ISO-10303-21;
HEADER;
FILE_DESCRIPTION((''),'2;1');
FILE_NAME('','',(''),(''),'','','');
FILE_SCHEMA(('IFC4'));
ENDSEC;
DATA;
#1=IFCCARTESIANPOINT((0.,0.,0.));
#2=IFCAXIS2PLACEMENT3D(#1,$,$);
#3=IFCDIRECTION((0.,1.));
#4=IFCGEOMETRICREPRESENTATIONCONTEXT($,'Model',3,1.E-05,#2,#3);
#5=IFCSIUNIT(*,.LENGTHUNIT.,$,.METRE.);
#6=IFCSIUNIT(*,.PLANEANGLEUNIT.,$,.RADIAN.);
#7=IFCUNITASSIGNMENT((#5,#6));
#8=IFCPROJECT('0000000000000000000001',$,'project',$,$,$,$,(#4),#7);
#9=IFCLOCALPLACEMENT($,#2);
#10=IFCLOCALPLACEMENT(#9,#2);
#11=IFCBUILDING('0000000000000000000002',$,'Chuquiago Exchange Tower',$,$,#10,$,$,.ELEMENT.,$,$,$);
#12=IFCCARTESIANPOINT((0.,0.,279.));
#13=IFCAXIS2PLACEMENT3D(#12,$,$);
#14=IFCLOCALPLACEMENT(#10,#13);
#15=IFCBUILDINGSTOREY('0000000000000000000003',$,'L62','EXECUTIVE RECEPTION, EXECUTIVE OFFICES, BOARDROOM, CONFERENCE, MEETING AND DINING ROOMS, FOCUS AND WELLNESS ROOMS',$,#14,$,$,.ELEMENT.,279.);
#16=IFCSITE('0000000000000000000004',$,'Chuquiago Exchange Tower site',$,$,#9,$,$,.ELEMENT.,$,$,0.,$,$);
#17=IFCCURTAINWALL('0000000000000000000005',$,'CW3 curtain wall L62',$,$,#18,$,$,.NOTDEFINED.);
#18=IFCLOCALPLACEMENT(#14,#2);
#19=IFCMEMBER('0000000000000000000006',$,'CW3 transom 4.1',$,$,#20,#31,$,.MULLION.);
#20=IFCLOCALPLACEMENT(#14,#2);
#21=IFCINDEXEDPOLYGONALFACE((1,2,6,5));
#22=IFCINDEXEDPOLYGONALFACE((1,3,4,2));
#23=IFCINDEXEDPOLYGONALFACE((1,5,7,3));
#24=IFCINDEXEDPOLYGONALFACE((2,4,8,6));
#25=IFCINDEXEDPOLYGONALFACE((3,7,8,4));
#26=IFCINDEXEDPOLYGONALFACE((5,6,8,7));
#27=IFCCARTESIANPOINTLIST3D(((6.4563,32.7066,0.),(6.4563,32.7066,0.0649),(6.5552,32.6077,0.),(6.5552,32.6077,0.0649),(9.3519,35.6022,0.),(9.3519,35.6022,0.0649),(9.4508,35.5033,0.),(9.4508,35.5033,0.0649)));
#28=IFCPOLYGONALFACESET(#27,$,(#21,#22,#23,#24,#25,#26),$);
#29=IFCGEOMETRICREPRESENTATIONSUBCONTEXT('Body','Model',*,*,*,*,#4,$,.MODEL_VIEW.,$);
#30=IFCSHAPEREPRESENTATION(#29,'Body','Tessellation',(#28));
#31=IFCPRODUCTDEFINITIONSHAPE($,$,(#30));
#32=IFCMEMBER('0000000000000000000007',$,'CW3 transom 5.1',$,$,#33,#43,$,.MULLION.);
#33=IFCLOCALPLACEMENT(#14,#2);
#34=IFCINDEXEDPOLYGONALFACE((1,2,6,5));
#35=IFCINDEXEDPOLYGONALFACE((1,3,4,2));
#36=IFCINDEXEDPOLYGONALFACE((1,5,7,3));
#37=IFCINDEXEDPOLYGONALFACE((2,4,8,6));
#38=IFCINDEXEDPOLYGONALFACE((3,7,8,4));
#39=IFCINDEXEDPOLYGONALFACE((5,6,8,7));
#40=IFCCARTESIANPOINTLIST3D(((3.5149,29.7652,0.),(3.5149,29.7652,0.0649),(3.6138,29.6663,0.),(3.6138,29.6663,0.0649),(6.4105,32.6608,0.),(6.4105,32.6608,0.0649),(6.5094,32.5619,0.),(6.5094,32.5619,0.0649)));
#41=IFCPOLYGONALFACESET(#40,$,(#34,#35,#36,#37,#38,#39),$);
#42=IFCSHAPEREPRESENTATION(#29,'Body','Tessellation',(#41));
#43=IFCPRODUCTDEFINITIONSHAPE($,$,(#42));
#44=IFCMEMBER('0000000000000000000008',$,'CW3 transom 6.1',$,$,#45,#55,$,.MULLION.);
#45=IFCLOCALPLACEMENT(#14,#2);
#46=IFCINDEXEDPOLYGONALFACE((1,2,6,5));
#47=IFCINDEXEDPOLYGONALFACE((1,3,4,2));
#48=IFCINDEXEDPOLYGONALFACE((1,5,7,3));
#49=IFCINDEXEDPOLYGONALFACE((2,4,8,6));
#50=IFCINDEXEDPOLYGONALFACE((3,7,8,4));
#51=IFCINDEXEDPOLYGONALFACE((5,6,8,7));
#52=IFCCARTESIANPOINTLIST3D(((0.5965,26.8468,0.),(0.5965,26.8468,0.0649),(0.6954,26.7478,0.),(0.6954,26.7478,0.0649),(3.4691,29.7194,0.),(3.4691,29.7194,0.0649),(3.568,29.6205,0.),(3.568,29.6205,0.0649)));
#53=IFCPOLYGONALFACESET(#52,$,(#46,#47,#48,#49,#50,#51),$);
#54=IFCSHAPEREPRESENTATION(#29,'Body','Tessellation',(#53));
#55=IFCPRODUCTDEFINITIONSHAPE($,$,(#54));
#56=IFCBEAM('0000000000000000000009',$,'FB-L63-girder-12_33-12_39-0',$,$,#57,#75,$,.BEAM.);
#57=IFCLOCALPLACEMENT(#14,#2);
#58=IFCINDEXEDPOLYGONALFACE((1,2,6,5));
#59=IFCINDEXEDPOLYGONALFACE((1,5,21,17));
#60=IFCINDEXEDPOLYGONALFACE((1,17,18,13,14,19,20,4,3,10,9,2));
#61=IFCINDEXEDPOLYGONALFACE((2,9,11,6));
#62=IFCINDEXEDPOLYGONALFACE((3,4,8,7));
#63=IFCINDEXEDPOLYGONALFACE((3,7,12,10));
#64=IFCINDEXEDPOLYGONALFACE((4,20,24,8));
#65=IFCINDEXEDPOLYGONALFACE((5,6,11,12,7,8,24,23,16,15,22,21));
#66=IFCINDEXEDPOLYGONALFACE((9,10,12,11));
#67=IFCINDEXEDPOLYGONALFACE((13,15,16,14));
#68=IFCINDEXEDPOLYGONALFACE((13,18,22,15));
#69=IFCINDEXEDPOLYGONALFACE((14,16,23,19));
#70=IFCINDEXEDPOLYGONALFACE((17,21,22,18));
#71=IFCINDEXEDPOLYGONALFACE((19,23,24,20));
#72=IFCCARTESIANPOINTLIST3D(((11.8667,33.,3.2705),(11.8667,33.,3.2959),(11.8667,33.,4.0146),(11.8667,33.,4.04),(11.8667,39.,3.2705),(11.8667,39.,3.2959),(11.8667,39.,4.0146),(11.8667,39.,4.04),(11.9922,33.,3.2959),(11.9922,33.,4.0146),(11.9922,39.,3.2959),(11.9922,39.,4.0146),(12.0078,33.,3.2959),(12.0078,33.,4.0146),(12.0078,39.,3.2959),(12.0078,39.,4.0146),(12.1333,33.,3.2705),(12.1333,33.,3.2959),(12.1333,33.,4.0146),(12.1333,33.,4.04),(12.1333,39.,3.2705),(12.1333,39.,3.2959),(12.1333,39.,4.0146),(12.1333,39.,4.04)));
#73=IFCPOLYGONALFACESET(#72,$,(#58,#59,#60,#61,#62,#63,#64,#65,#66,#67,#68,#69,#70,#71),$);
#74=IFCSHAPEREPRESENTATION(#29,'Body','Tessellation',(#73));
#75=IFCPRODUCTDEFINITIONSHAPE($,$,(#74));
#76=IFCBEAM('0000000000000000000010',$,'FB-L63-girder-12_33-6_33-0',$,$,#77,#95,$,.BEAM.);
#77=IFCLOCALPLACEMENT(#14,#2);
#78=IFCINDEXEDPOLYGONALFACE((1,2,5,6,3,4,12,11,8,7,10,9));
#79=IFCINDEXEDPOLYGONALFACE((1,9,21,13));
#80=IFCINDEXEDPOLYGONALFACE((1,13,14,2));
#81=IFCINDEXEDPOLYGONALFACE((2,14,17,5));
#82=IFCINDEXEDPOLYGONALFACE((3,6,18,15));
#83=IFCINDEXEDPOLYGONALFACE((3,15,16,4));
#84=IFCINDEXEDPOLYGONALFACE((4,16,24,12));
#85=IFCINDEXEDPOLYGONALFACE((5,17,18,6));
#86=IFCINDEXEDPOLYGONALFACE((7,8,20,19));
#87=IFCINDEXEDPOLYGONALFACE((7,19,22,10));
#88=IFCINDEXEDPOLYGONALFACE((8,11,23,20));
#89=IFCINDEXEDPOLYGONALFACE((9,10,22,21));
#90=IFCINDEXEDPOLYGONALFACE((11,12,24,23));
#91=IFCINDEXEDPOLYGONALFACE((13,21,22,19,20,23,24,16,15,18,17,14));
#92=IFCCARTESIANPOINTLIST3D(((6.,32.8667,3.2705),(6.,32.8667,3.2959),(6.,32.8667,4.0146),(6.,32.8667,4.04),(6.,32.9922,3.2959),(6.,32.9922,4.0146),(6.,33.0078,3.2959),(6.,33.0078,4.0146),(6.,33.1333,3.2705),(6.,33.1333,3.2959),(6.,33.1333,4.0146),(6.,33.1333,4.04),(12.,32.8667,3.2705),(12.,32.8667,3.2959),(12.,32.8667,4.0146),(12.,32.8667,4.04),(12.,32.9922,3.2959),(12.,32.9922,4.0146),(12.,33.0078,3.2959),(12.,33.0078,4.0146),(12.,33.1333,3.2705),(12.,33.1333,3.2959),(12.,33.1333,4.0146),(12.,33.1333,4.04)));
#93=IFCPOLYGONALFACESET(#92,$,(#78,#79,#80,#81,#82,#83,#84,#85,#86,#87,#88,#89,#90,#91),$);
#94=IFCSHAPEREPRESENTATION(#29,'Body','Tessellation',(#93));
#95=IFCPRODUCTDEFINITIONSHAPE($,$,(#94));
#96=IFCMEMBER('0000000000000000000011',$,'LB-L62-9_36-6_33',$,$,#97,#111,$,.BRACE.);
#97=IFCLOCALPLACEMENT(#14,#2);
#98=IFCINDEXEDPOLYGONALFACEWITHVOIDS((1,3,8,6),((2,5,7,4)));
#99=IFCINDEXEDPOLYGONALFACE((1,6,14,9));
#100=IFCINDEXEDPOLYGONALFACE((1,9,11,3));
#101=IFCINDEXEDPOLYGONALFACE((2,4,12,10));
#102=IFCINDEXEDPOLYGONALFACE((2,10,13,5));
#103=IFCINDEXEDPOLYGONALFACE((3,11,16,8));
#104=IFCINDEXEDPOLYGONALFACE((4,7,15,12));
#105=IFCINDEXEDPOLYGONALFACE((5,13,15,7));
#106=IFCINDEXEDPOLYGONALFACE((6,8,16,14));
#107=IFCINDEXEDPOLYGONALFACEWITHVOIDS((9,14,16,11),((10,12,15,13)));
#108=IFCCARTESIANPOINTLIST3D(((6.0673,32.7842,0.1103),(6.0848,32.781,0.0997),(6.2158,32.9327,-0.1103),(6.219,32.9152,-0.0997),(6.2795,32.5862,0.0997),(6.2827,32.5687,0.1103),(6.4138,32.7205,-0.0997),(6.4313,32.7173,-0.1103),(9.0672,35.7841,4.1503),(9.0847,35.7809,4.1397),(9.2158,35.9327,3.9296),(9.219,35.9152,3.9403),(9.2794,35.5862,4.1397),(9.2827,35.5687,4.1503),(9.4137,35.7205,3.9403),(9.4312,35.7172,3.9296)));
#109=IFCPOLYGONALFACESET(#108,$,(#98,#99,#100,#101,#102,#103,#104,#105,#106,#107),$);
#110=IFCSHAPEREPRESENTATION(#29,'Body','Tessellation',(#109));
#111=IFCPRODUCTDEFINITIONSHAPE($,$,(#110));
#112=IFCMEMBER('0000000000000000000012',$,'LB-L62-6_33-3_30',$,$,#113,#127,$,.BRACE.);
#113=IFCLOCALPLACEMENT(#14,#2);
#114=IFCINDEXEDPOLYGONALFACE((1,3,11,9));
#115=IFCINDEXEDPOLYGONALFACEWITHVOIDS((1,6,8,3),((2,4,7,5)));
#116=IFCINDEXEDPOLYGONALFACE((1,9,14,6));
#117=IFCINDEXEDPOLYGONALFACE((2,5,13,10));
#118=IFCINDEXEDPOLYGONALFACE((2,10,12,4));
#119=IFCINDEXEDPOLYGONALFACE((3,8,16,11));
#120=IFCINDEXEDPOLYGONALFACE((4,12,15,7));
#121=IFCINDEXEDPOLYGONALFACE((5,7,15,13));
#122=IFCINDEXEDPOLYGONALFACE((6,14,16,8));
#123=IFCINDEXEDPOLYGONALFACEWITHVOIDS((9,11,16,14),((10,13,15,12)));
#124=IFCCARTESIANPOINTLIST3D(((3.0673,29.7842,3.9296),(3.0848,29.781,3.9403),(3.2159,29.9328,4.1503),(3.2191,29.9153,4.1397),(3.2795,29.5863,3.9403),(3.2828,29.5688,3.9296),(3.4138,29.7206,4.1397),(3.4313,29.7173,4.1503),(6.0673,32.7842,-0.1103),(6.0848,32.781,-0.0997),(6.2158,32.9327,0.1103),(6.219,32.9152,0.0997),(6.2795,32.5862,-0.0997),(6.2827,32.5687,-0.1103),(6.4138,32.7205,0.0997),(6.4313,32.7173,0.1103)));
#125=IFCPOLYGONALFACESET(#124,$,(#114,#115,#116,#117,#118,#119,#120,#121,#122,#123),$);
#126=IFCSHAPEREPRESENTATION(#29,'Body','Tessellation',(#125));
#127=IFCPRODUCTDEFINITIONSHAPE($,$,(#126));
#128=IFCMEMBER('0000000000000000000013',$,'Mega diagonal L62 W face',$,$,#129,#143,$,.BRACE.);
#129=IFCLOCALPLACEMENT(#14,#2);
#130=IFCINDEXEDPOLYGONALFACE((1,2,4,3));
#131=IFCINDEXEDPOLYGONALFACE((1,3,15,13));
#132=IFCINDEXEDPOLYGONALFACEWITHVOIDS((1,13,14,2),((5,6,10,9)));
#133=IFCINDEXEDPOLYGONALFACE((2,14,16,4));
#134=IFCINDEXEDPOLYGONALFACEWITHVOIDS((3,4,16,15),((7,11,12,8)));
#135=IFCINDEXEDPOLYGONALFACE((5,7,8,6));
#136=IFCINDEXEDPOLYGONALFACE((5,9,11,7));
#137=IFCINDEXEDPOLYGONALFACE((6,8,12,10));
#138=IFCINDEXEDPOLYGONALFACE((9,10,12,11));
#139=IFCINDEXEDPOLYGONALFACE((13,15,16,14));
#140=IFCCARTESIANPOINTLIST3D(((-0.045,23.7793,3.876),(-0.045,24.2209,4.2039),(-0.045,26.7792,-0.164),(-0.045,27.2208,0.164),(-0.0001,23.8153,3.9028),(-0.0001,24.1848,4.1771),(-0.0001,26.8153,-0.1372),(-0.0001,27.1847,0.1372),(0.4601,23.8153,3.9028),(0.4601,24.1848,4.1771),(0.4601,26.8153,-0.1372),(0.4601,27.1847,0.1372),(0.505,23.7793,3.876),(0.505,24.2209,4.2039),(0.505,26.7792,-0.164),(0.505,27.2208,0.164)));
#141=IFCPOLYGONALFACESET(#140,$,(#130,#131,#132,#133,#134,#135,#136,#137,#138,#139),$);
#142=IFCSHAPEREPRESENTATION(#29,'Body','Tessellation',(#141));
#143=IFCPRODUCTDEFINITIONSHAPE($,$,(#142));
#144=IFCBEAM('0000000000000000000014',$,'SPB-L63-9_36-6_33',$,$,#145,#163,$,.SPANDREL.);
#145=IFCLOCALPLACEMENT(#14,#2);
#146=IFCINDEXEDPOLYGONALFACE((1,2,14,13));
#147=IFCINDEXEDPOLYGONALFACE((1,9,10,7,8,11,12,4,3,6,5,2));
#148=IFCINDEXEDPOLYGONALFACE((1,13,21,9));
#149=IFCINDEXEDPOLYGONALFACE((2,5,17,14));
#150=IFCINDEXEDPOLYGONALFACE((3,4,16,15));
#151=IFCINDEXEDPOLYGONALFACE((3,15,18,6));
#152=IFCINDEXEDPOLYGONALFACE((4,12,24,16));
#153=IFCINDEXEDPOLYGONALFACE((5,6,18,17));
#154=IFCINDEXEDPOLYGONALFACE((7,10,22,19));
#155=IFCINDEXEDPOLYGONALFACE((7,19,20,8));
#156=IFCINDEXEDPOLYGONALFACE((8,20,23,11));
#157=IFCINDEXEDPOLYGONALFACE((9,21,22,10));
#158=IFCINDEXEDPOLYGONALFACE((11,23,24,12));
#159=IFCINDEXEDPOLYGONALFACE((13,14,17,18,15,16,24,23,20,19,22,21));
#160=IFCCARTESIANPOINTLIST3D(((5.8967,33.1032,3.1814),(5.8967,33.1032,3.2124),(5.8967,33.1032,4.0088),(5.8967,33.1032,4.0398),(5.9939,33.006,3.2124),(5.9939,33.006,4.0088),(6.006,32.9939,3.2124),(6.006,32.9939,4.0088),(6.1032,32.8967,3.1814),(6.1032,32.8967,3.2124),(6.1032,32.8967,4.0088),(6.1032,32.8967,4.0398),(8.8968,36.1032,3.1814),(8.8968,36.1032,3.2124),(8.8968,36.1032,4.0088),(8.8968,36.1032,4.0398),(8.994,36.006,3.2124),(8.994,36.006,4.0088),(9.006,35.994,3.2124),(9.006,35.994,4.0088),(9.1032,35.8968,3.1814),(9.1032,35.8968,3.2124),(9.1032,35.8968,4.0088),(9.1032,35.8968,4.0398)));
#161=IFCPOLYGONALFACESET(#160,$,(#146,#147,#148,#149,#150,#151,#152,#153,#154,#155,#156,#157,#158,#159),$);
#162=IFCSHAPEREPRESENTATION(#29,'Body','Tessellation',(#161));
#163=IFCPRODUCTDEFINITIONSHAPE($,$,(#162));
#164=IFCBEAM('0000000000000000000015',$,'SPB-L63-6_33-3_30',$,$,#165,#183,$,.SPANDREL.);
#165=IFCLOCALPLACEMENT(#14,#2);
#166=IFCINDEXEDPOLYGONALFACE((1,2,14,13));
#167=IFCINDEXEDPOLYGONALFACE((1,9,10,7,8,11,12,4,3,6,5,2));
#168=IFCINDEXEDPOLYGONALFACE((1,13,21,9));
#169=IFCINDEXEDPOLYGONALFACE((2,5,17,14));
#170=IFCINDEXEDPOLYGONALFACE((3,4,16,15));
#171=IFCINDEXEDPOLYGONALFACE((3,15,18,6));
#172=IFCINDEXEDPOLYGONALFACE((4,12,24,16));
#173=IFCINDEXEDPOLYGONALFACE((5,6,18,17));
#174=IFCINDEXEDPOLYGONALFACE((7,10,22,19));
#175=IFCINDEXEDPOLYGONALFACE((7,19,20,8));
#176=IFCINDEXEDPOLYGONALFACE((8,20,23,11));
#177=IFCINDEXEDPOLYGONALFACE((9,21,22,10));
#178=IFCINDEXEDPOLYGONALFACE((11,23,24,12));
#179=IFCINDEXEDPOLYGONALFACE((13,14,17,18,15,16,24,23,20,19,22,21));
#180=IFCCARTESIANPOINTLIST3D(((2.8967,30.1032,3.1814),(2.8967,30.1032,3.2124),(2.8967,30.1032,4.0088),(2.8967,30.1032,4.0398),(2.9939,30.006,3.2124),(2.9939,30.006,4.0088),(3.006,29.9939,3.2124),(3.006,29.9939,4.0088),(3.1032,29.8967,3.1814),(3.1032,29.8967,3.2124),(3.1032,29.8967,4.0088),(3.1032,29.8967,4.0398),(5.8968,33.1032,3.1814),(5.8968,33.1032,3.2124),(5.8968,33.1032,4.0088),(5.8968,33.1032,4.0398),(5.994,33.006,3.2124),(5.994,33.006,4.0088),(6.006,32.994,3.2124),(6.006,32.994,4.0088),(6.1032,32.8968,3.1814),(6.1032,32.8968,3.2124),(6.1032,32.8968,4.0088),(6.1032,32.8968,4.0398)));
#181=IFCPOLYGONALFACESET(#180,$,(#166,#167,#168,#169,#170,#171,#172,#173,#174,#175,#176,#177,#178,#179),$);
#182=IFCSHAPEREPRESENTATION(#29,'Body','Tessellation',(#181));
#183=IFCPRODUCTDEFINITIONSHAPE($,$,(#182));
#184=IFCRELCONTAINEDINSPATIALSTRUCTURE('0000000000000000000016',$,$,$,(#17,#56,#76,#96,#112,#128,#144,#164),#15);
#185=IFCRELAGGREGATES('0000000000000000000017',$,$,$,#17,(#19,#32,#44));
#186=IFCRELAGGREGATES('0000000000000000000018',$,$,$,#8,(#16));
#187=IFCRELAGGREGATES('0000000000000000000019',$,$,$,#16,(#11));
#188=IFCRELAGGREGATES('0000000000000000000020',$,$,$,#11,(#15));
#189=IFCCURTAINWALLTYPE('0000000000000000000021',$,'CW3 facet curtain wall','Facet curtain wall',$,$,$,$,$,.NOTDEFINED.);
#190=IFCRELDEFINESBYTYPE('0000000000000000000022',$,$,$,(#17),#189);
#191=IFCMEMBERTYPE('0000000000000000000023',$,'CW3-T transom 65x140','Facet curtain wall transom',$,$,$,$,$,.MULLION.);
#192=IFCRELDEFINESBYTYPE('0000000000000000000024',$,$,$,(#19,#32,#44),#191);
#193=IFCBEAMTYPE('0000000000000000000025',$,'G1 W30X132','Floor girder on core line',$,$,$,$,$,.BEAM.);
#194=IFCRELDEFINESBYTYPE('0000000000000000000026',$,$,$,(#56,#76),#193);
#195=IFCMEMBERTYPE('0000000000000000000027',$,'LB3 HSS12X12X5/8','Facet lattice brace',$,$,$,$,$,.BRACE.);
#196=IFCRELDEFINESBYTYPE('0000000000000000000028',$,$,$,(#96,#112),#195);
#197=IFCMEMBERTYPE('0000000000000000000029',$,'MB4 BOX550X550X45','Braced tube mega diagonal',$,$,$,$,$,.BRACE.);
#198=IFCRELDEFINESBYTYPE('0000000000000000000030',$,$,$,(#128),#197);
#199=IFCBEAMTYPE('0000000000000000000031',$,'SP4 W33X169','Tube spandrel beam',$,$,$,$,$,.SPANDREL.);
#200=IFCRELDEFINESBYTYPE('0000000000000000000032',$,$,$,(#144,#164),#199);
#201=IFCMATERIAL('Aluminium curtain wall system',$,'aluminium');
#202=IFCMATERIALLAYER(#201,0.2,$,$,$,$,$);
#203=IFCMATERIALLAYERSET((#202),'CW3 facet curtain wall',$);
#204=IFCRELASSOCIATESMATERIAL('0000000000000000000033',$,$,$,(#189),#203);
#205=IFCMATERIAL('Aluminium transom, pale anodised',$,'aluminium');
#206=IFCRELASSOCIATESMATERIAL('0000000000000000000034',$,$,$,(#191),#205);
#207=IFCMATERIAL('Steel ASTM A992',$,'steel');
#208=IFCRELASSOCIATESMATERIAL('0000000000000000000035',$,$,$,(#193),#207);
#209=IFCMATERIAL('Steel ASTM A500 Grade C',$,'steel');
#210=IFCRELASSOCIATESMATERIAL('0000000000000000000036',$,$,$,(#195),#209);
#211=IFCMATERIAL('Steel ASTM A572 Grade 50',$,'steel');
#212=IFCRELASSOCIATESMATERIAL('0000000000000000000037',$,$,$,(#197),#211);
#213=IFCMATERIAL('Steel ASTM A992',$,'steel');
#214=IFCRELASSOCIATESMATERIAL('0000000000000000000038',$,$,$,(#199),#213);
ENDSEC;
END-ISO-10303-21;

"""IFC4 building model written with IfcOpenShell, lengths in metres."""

from ifc_helpers import new_model, si_unit, direction, frame, origin, origin_2d, place, context, subcontext, project, spatial, rectangle, hollow_rectangle, i_section, extrude, material, layer, layer_set, material_profile, profile_set, type_object, element, aggregate, save


model = new_model("IFC4")

# Units and contexts
model_context = context("Model", 3, precision=1e-05, world=origin(), true_north=direction((0.0, 1.0)))
body_context = subcontext(model_context, "Body", "Model", "MODEL_VIEW")
ifc_project = project(units=[si_unit("LENGTHUNIT", "METRE"), si_unit("PLANEANGLEUNIT", "RADIAN")], contexts=[model_context])

# Site, building, storey
site_placement = place(None, origin())
site = spatial("IfcSite", under=ifc_project, at=site_placement, Name="Chuquiago Exchange Tower site", CompositionType="ELEMENT", RefElevation=0.0)
building_placement = place(site_placement, origin())
building = spatial("IfcBuilding", under=site, at=building_placement, Name="Chuquiago Exchange Tower", CompositionType="ELEMENT")
storey_placement = place(building_placement, frame((0.0, 0.0, 279.0)))
storey = spatial("IfcBuildingStorey", under=building, at=storey_placement, Name="L62", Description="EXECUTIVE RECEPTION, EXECUTIVE OFFICES, BOARDROOM, CONFERENCE, MEETING AND DINING ROOMS, FOCUS AND WELLNESS ROOMS", CompositionType="ELEMENT", Elevation=279.0)

# Curtain wall, members
ifc_material_1 = material(Name="Aluminium curtain wall system", Category="aluminium")
ifc_layer_1 = layer(ifc_material_1, 0.2)
ifc_layer_set_1 = layer_set([ifc_layer_1], Name="CW3 facet curtain wall")
curtain_wall_type = type_object("IfcCurtainWallType", Name="CW3 facet curtain wall", Description="Facet curtain wall", PredefinedType="NOTDEFINED", material=ifc_layer_set_1)
curtain_wall_placement = place(storey_placement, origin())
curtain_wall = element("IfcCurtainWall", 1, at=curtain_wall_placement, inside=storey, type_object=curtain_wall_type, Name="CW3 curtain wall L62", PredefinedType="NOTDEFINED")
ifc_material_2 = material(Name="Aluminium transom, pale anodised", Category="aluminium")
ifc_material_profile_1 = material_profile(ifc_material_2, rectangle(XDim=0.1399, YDim=0.0649, at=origin_2d()), Name="AL 140x65")
ifc_profile_set_1 = profile_set([ifc_material_profile_1], Name="Aluminium transom, pale anodised")
member_type_1 = type_object("IfcMemberType", Name="CW3-T transom 65x140", Description="Facet curtain wall transom", PredefinedType="MULLION", material=ifc_profile_set_1)
member_1_placement = place(storey_placement, frame((9.4014, 35.5527, 0.0325), z_axis=(-0.707107, -0.707107, 0.0), x_axis=(0.707107, -0.707107, 0.0)))
member_1 = element("IfcMember", 2, at=member_1_placement, type_object=member_type_1, Name="CW3 transom 4.1", PredefinedType="MULLION", context=body_context, shape_type="SweptSolid", body=[
    extrude(rectangle(XDim=0.1399, YDim=0.0649, at=origin_2d()), origin(), (0.0, 0.0, 1.0), 4.095),
])
member_2_placement = place(storey_placement, frame((6.46, 32.6113, 0.0325), z_axis=(-0.707107, -0.707107, 0.0), x_axis=(0.707107, -0.707107, 0.0)))
member_2 = element("IfcMember", 3, at=member_2_placement, type_object=member_type_1, Name="CW3 transom 5.1", PredefinedType="MULLION", context=body_context, shape_type="SweptSolid", body=[
    extrude(rectangle(XDim=0.1399, YDim=0.0649, at=origin_2d()), origin(), (0.0, 0.0, 1.0), 4.095),
])
member_3_placement = place(storey_placement, frame((3.5186, 29.6699, 0.0325), z_axis=(-0.707107, -0.707107, 0.0), x_axis=(0.707107, -0.707107, 0.0)))
member_3 = element("IfcMember", 4, at=member_3_placement, type_object=member_type_1, Name="CW3 transom 6.1", PredefinedType="MULLION", context=body_context, shape_type="SweptSolid", body=[
    extrude(rectangle(XDim=0.1399, YDim=0.0649, at=origin_2d()), origin(), (0.0, 0.0, 1.0), 4.0625),
])

# Beams
ifc_material_3 = material(Name="Steel ASTM A992", Category="steel")
ifc_material_profile_2 = material_profile(ifc_material_3, i_section(OverallWidth=0.2666, OverallDepth=0.7695, WebThickness=0.0156, FlangeThickness=0.0254, at=origin_2d()), Name="W30X132")
ifc_profile_set_2 = profile_set([ifc_material_profile_2], Name="Steel ASTM A992")
beam_type_1 = type_object("IfcBeamType", Name="G1 W30X132", Description="Floor girder on core line", PredefinedType="BEAM", material=ifc_profile_set_2)
for number, where, z_axis, x_axis, name in (
    (5, (12.0, 33.0, 3.6553), (0.0, 1.0, 0.0), (-1.0, 0.0, 0.0), "FB-L63-girder-12_33-12_39-0"),
    (6, (12.0, 33.0, 3.6553), (-1.0, 0.0, 0.0), (0.0, -1.0, 0.0), "FB-L63-girder-12_33-6_33-0"),
):
    element("IfcBeam", number, at=place(storey_placement, frame(where, z_axis=z_axis, x_axis=x_axis)), inside=storey, type_object=beam_type_1, Name=name, PredefinedType="BEAM", context=body_context, shape_type="SweptSolid", body=[
        extrude(i_section(OverallWidth=0.2666, OverallDepth=0.7695, WebThickness=0.0156, FlangeThickness=0.0254, at=origin_2d()), origin(), (0.0, 0.0, 1.0), 6.0),
    ])

# Members
ifc_material_4 = material(Name="Steel ASTM A500 Grade C", Category="steel")
ifc_material_profile_3 = material_profile(ifc_material_4, hollow_rectangle(XDim=0.3047, YDim=0.3047, WallThickness=0.0146, at=origin_2d()), Name="HSS12X12X5/8")
ifc_profile_set_3 = profile_set([ifc_material_profile_3], Name="Steel ASTM A500 Grade C")
member_type_2 = type_object("IfcMemberType", Name="LB3 HSS12X12X5/8", Description="Facet lattice brace", PredefinedType="BRACE", material=ifc_profile_set_3)
for number, where, z_axis, x_axis, name in (
    (7, (6.2493, 32.7507, 0.0), (0.512077, 0.512077, 0.689604), (-0.707107, 0.707107, 0.0), "LB-L62-9_36-6_33"),
    (8, (6.2493, 32.7507, 0.0), (-0.512077, -0.512077, 0.689604), (0.707107, -0.707107, 0.0), "LB-L62-6_33-3_30"),
):
    element("IfcMember", number, at=place(storey_placement, frame(where, z_axis=z_axis, x_axis=x_axis)), inside=storey, type_object=member_type_2, Name=name, PredefinedType="BRACE", context=body_context, shape_type="SweptSolid", body=[
        extrude(hollow_rectangle(XDim=0.3047, YDim=0.3047, WallThickness=0.0146, at=origin_2d()), origin(), (0.0, 0.0, 1.0), 5.8584),
    ])
ifc_material_5 = material(Name="Steel ASTM A572 Grade 50", Category="steel")
ifc_material_profile_4 = material_profile(ifc_material_5, hollow_rectangle(XDim=0.55, YDim=0.55, WallThickness=0.0449, at=origin_2d()), Name="BOX550X550X45")
ifc_profile_set_4 = profile_set([ifc_material_profile_4], Name="Steel ASTM A572 Grade 50")
member_type_3 = type_object("IfcMemberType", Name="MB4 BOX550X550X45", Description="Braced tube mega diagonal", PredefinedType="BRACE", material=ifc_profile_set_4)
member_4_placement = place(storey_placement, frame((0.23, 27.0, 0.0), z_axis=(0.0, -0.596174, 0.802855), x_axis=(1.0, 0.0, 0.0)))
element("IfcMember", 9, at=member_4_placement, inside=storey, type_object=member_type_3, Name="Mega diagonal L62 W face", PredefinedType="BRACE", context=body_context, shape_type="SweptSolid", body=[
    extrude(hollow_rectangle(XDim=0.55, YDim=0.55, WallThickness=0.0449, at=origin_2d()), origin(), (0.0, 0.0, 1.0), 5.032),
])

# Beams
ifc_material_6 = material(Name="Steel ASTM A992", Category="steel")
ifc_material_profile_5 = material_profile(ifc_material_6, i_section(OverallWidth=0.292, OverallDepth=0.8584, WebThickness=0.0171, FlangeThickness=0.031, at=origin_2d()), Name="W33X169")
ifc_profile_set_5 = profile_set([ifc_material_profile_5], Name="Steel ASTM A992")
beam_type_2 = type_object("IfcBeamType", Name="SP4 W33X169", Description="Tube spandrel beam", PredefinedType="SPANDREL", material=ifc_profile_set_5)
for number, where, z_axis, x_axis, name in (
    (10, (9.0, 36.0, 3.6106), (-0.707107, -0.707107, 0.0), (0.707107, -0.707107, 0.0), "SPB-L63-9_36-6_33"),
    (11, (6.0, 33.0, 3.6106), (-0.707107, -0.707107, 0.0), (0.707107, -0.707107, 0.0), "SPB-L63-6_33-3_30"),
):
    element("IfcBeam", number, at=place(storey_placement, frame(where, z_axis=z_axis, x_axis=x_axis)), inside=storey, type_object=beam_type_2, Name=name, PredefinedType="SPANDREL", context=body_context, shape_type="SweptSolid", body=[
        extrude(i_section(OverallWidth=0.292, OverallDepth=0.8584, WebThickness=0.0171, FlangeThickness=0.031, at=origin_2d()), origin(), (0.0, 0.0, 1.0), 4.2427),
    ])

aggregate(curtain_wall, [member_1, member_2, member_3])

save(model, "model.ifc")
